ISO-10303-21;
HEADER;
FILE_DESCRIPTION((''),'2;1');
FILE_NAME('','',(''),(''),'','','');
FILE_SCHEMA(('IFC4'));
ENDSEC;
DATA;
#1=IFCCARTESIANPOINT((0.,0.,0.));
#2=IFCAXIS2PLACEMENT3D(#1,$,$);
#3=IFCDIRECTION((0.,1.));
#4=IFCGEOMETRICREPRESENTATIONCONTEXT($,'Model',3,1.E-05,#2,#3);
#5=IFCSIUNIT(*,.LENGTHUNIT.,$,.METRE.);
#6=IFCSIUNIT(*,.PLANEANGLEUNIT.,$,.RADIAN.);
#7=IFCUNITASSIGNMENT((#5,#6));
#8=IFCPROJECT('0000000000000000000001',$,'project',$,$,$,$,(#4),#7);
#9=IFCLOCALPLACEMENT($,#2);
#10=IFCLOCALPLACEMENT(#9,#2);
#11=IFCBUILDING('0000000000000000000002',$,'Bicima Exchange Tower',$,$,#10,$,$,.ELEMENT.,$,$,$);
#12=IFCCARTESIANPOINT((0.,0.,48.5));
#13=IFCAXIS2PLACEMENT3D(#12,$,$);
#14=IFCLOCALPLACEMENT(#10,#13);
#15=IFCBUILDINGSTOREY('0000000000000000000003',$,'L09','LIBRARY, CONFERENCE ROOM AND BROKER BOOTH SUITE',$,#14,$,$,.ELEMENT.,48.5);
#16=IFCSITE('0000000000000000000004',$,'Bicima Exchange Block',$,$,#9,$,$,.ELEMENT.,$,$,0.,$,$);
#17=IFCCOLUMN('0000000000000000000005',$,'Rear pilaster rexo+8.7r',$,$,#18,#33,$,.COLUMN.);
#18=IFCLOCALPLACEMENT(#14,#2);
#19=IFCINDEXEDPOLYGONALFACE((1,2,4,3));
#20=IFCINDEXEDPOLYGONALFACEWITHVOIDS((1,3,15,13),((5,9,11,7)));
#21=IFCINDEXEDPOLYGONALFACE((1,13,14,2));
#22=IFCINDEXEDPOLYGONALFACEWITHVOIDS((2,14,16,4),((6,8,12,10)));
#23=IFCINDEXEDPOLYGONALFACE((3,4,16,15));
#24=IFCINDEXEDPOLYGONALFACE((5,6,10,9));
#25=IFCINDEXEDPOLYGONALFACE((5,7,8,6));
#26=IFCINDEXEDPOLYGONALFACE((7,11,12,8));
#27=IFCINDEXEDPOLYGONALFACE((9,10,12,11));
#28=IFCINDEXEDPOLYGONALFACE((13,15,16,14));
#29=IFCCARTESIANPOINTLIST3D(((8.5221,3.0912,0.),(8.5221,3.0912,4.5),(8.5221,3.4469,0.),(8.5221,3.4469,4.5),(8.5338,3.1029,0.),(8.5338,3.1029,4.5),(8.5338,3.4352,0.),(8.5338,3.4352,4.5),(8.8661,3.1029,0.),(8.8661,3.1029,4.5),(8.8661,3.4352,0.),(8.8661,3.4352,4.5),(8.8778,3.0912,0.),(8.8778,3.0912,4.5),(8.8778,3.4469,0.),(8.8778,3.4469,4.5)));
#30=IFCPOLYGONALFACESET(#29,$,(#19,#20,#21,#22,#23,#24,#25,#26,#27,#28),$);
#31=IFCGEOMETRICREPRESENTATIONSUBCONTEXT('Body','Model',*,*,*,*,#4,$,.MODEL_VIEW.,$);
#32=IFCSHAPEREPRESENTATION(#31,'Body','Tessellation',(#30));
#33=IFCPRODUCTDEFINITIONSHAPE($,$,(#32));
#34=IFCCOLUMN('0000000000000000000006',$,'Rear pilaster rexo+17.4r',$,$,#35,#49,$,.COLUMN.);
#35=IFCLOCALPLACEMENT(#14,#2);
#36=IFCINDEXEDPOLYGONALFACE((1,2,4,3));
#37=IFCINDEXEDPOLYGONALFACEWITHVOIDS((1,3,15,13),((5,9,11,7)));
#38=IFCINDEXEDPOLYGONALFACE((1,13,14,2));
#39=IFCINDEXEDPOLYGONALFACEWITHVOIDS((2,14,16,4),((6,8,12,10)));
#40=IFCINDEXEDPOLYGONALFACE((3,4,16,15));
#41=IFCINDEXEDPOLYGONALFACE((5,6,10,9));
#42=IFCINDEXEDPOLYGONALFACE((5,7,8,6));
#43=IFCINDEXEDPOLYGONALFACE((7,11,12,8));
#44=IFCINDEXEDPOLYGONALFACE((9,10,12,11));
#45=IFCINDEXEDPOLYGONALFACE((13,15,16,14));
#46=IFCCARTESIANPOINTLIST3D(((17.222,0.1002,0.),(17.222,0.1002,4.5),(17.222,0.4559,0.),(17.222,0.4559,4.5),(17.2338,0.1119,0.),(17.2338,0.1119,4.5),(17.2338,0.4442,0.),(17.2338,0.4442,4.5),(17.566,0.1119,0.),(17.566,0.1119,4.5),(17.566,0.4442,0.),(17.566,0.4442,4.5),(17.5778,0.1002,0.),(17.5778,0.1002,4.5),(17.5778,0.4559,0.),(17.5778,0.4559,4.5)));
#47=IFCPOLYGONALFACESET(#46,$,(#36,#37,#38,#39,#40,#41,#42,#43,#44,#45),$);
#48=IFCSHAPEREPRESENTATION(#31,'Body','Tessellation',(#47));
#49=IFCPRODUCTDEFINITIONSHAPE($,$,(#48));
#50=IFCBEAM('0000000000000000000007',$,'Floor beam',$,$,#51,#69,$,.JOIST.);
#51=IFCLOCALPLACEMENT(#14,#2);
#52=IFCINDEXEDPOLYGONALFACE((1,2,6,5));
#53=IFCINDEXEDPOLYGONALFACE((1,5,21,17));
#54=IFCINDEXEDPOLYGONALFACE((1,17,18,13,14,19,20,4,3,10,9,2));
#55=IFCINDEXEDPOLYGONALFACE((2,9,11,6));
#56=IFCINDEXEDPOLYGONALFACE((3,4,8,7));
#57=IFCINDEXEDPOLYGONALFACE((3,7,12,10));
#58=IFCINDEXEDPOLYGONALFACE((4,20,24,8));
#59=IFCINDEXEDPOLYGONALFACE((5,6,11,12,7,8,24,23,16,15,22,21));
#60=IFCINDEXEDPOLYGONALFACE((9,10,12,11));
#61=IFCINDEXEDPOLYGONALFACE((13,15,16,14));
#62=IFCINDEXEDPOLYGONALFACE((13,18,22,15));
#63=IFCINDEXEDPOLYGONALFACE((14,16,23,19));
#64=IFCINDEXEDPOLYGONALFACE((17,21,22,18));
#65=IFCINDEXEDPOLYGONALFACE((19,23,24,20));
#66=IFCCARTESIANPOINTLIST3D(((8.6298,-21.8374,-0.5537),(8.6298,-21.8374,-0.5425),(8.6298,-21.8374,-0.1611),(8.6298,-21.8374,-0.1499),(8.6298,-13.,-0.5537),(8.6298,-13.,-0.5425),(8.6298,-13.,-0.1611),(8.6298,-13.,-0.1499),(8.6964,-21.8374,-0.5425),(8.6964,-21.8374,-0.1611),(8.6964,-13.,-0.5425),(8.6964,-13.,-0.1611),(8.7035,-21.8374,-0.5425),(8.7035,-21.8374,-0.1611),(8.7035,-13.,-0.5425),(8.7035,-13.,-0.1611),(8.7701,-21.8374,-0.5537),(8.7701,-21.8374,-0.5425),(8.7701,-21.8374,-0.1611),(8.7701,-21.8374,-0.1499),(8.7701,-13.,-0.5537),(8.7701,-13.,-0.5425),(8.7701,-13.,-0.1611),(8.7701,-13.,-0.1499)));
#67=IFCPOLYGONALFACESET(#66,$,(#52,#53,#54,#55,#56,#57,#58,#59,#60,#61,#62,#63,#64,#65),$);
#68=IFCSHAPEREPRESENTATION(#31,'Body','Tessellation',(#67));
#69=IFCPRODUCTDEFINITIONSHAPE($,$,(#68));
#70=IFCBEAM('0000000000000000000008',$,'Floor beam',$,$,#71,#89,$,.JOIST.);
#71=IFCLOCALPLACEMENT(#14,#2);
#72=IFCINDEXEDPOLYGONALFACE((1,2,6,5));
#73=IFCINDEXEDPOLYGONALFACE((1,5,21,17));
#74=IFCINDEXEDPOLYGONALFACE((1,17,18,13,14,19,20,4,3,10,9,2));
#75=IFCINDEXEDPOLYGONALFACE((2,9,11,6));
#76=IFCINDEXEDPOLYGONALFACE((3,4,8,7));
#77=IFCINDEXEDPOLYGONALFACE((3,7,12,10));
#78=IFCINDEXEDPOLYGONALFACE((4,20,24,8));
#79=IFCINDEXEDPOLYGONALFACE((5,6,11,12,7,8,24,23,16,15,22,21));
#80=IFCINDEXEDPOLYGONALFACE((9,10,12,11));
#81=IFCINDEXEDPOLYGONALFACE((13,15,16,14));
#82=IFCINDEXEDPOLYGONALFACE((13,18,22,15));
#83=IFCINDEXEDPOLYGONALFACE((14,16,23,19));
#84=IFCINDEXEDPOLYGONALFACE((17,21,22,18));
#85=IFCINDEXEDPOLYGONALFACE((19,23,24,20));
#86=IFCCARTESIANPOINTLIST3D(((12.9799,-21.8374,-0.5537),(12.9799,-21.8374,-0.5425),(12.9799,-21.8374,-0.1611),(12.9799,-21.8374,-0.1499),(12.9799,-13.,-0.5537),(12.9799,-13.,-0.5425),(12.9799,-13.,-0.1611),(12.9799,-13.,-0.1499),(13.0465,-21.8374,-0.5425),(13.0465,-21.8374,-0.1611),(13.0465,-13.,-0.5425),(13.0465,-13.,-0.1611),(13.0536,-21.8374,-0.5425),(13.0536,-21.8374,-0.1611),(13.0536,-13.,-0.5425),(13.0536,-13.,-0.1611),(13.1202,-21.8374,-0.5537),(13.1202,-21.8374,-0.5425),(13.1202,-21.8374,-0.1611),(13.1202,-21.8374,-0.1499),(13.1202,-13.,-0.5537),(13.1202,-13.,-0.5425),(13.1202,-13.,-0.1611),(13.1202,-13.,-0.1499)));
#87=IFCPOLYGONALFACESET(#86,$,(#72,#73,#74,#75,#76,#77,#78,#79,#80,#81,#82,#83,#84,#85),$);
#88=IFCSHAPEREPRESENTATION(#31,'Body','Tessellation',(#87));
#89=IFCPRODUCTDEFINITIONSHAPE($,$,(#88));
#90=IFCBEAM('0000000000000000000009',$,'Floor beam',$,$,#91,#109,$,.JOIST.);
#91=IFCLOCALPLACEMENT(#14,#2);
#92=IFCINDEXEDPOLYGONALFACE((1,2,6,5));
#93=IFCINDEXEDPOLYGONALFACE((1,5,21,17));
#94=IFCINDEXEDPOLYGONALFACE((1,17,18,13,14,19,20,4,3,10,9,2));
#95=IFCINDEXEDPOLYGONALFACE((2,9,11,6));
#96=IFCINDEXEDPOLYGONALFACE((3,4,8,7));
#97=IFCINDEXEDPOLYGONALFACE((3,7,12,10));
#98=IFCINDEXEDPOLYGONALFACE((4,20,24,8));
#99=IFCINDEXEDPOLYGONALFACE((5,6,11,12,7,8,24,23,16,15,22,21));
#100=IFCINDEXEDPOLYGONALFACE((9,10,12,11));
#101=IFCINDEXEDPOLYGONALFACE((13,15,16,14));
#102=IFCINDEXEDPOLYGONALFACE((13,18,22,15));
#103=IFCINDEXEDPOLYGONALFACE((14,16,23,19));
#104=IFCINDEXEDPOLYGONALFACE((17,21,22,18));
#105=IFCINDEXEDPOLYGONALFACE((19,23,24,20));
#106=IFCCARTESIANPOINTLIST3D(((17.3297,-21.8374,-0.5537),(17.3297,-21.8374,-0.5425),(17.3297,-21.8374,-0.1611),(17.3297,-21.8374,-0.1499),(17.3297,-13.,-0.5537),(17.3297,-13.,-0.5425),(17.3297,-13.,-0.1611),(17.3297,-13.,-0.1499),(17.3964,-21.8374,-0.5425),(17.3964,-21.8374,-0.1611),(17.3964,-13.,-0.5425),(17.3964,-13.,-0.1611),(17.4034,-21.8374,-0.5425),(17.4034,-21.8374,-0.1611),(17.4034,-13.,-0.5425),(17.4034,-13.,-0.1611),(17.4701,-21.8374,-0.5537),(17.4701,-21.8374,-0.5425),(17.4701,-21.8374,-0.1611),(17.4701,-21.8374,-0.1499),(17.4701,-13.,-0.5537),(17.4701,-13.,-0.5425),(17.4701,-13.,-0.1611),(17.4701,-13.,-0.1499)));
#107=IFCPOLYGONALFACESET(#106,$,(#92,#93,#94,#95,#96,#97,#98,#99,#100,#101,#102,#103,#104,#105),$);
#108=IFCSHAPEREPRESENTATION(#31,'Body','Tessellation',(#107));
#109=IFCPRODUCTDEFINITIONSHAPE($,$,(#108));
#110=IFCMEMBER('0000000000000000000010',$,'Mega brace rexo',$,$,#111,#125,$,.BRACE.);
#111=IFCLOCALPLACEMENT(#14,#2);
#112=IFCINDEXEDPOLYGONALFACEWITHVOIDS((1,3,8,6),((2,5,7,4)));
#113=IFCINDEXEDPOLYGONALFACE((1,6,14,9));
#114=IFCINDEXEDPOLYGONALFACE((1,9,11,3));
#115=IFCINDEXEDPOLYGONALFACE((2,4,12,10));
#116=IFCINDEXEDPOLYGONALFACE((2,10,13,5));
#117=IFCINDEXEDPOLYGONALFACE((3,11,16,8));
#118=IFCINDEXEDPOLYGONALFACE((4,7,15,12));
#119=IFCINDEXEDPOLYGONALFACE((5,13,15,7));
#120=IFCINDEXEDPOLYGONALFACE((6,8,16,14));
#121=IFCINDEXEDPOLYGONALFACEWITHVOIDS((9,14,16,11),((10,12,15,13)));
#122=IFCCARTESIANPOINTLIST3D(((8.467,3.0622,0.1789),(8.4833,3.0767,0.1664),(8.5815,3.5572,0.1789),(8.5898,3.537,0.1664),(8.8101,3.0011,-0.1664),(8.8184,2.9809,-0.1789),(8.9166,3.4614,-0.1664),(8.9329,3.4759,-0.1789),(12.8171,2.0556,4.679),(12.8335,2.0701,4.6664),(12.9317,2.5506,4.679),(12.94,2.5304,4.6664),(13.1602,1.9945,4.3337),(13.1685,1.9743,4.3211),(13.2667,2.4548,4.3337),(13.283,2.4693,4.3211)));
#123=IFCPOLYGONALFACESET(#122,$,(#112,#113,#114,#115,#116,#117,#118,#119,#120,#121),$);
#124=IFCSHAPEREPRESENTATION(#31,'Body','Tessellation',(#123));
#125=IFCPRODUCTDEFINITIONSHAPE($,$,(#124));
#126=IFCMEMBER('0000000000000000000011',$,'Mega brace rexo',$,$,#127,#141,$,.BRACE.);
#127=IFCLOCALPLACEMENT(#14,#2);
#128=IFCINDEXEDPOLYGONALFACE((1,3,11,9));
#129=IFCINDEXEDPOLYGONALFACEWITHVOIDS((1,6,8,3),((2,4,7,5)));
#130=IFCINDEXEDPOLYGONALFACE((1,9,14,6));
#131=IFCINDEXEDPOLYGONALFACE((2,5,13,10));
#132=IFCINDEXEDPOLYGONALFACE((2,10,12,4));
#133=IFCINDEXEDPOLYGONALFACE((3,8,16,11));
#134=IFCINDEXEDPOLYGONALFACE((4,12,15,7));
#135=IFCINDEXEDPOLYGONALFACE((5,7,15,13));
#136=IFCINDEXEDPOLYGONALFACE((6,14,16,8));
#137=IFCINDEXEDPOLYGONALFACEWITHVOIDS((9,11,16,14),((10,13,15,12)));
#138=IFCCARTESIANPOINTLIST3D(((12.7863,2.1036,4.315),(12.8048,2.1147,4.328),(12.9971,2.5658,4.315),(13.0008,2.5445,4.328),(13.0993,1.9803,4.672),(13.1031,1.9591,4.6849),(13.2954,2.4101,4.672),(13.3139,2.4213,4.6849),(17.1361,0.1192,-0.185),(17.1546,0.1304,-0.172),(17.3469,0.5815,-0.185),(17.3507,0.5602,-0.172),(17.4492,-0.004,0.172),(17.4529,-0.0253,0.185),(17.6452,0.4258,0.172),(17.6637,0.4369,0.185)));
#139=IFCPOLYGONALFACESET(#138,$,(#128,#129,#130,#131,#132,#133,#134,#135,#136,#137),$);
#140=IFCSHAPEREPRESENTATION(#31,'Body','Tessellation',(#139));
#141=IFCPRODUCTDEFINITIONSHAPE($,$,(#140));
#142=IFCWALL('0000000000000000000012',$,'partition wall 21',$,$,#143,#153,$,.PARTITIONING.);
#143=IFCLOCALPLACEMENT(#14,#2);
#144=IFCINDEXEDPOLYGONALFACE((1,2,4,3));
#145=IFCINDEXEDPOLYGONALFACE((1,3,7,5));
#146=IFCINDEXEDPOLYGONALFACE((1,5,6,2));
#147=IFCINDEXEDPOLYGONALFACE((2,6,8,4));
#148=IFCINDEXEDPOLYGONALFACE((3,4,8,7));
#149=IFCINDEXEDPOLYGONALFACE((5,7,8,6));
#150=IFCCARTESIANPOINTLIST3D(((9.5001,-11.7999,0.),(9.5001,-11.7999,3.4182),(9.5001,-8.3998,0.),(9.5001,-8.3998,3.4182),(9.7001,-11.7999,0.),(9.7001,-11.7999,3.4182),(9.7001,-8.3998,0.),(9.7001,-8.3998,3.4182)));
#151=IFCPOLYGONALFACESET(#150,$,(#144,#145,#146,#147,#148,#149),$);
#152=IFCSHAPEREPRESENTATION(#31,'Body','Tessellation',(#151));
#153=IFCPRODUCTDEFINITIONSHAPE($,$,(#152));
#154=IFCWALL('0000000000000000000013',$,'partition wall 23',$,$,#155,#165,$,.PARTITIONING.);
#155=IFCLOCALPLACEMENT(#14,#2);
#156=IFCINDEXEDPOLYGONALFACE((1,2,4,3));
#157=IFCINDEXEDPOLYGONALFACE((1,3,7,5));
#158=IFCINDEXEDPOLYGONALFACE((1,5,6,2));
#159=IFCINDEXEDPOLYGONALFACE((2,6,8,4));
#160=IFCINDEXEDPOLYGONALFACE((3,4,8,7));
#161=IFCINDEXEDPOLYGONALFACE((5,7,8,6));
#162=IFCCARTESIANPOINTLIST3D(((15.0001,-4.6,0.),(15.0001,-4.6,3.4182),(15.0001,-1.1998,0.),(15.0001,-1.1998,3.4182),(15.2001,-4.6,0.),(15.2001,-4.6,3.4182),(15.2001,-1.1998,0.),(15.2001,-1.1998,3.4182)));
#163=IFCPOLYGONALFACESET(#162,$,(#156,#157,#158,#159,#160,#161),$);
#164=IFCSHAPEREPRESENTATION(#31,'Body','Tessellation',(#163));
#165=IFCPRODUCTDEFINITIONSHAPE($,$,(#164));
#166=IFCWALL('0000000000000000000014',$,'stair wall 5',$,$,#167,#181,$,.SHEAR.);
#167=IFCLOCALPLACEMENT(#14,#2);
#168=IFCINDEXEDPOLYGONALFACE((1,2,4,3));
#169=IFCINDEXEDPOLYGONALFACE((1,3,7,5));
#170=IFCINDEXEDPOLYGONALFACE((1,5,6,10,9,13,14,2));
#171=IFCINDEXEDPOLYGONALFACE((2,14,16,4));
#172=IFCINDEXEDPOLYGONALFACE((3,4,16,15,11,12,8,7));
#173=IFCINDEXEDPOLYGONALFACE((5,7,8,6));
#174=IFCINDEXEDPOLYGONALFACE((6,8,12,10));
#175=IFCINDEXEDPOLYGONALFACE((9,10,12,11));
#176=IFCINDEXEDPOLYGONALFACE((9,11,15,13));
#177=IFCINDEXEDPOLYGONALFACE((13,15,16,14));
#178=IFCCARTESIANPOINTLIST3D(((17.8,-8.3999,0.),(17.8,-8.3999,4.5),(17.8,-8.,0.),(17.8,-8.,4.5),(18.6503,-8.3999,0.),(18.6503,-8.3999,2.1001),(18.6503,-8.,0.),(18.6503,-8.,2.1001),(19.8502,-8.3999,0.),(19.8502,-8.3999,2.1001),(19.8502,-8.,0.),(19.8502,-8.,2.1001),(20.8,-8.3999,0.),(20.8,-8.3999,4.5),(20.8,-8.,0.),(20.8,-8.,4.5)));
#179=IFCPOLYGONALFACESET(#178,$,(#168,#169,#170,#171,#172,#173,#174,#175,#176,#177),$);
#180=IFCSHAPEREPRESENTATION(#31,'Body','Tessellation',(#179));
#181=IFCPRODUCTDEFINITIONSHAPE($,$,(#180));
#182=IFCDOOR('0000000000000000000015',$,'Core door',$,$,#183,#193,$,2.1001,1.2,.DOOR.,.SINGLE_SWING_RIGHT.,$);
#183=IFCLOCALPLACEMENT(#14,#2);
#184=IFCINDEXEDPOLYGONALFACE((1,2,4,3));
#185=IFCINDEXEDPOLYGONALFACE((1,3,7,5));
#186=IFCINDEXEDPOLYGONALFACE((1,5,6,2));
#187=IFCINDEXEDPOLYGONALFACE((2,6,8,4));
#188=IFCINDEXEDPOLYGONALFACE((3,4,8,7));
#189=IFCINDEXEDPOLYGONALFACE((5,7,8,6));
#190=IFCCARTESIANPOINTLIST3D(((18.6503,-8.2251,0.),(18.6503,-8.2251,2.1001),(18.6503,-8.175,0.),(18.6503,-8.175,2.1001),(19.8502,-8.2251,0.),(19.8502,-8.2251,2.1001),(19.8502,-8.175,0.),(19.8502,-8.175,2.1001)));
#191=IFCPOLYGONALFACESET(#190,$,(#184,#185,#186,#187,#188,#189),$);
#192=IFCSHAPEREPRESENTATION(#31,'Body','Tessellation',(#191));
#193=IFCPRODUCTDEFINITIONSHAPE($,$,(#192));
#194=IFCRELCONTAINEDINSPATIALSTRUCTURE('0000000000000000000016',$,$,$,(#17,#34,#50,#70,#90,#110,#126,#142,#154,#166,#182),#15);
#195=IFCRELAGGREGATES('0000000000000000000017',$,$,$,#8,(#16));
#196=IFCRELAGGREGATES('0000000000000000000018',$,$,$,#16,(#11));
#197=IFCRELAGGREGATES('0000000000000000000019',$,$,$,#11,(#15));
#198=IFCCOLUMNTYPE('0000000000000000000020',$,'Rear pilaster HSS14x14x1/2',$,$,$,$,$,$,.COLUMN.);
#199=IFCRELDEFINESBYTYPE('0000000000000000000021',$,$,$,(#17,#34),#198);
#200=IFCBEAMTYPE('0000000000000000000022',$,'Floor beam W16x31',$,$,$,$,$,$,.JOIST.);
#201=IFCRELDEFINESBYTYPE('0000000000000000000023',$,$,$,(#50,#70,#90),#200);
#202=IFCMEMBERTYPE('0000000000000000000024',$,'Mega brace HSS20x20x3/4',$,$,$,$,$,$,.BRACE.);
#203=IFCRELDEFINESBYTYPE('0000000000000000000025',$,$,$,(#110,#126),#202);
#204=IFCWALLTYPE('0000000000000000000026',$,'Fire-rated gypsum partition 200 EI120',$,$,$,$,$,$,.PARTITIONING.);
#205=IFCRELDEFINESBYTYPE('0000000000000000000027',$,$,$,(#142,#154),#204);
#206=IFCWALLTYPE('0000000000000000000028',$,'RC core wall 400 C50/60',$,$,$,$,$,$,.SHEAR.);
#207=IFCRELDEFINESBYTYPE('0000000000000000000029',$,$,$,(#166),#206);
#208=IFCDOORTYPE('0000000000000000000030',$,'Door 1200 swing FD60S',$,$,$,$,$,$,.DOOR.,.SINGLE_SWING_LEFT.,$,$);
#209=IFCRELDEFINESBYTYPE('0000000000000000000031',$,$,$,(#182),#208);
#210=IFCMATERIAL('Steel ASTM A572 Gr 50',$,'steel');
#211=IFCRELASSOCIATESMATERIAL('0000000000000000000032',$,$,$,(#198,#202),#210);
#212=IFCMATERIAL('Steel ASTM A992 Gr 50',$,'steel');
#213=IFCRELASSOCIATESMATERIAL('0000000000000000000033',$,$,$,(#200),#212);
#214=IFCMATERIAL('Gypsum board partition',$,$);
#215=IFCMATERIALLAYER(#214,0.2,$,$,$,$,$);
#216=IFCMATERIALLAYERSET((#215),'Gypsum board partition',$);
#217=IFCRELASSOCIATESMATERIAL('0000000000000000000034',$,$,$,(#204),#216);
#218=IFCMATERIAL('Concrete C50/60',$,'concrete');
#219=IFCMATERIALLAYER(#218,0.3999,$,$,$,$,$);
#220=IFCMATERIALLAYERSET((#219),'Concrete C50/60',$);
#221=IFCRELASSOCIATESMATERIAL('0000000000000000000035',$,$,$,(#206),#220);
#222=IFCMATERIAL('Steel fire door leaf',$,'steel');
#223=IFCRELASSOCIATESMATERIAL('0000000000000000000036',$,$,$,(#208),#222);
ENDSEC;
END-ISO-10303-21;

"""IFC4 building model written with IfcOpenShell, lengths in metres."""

from ifc_helpers import new_model, si_unit, direction, frame, frame_2d, origin, origin_2d, place, context, subcontext, project, spatial, rectangle, hollow_rectangle, i_section, extrude, material, layer, layer_set, material_profile, profile_set, type_object, element, fill, save


model = new_model("IFC4")

# Units and contexts
model_context = context("Model", 3, precision=1e-05, world=origin(), true_north=direction((0.0, 1.0)))
body_context = subcontext(model_context, "Body", "Model", "MODEL_VIEW")
ifc_project = project(units=[si_unit("LENGTHUNIT", "METRE"), si_unit("PLANEANGLEUNIT", "RADIAN")], contexts=[model_context])

# Site, building, storey
site_placement = place(None, origin())
site = spatial("IfcSite", under=ifc_project, at=site_placement, Name="Bicima Exchange Block", CompositionType="ELEMENT", RefElevation=0.0)
building_placement = place(site_placement, origin())
building = spatial("IfcBuilding", under=site, at=building_placement, Name="Bicima Exchange Tower", CompositionType="ELEMENT")
storey_placement = place(building_placement, frame((0.0, 0.0, 48.5)))
storey = spatial("IfcBuildingStorey", under=building, at=storey_placement, Name="L09", Description="LIBRARY, CONFERENCE ROOM AND BROKER BOOTH SUITE", CompositionType="ELEMENT", Elevation=48.5)

# Columns
ifc_material_1 = material(Name="Steel ASTM A572 Gr 50", Category="steel")
ifc_material_profile_1 = material_profile(ifc_material_1, hollow_rectangle(XDim=0.3557, YDim=0.3557, WallThickness=0.0117, at=origin_2d()))
ifc_profile_set_1 = profile_set([ifc_material_profile_1], Name="Steel ASTM A572 Gr 50")
column_type = type_object("IfcColumnType", Name="Rear pilaster HSS14x14x1/2", PredefinedType="COLUMN", material=ifc_profile_set_1)
for number, where, z_axis, x_axis, name in (
    (1, (8.7, 3.269, 0.0), (0.0, 0.0, 1.0), (1.0, 0.0, 0.0), "Rear pilaster rexo+8.7r"),
    (2, (17.3999, 0.2781, 0.0), (0.0, 0.0, 1.0), (1.0, 0.0, 0.0), "Rear pilaster rexo+17.4r"),
):
    element("IfcColumn", number, at=place(storey_placement, frame(where, z_axis=z_axis, x_axis=x_axis)), inside=storey, type_object=column_type, Name=name, PredefinedType="COLUMN", context=body_context, shape_type="SweptSolid", body=[
        extrude(hollow_rectangle(XDim=0.3557, YDim=0.3557, WallThickness=0.0117, at=origin_2d()), origin(), (0.0, 0.0, 1.0), 4.5),
    ])

# Beams
ifc_material_2 = material(Name="Steel ASTM A992 Gr 50", Category="steel")
ifc_material_profile_2 = material_profile(ifc_material_2, i_section(OverallWidth=0.1404, OverallDepth=0.4038, WebThickness=0.0071, FlangeThickness=0.0112, at=origin_2d()))
ifc_profile_set_2 = profile_set([ifc_material_profile_2], Name="Steel ASTM A992 Gr 50")
beam_type = type_object("IfcBeamType", Name="Floor beam W16x31", PredefinedType="JOIST", material=ifc_profile_set_2)
for number, where, z_axis, x_axis, name in (
    (3, (8.7, -13.0, -0.3518), (0.0, -1.0, 0.0), (1.0, 0.0, 0.0), "Floor beam"),
    (4, (13.05, -13.0, -0.3518), (0.0, -1.0, 0.0), (1.0, 0.0, 0.0), "Floor beam"),
    (5, (17.3999, -13.0, -0.3518), (0.0, -1.0, 0.0), (1.0, 0.0, 0.0), "Floor beam"),
):
    element("IfcBeam", number, at=place(storey_placement, frame(where, z_axis=z_axis, x_axis=x_axis)), inside=storey, type_object=beam_type, Name=name, PredefinedType="JOIST", context=body_context, shape_type="SweptSolid", body=[
        extrude(i_section(OverallWidth=0.1404, OverallDepth=0.4038, WebThickness=0.0071, FlangeThickness=0.0112, at=origin_2d()), origin(), (0.0, 0.0, 1.0), 8.8374),
    ])

# Members
ifc_material_profile_3 = material_profile(ifc_material_1, hollow_rectangle(XDim=0.5081, YDim=0.5081, WallThickness=0.0178, at=origin_2d()))
ifc_profile_set_3 = profile_set([ifc_material_profile_3], Name="Steel ASTM A572 Gr 50")
member_type = type_object("IfcMemberType", Name="Mega brace HSS20x20x3/4", PredefinedType="BRACE", material=ifc_profile_set_3)
member_1_placement = place(storey_placement, frame((8.7, 3.269, 0.0), z_axis=(0.686212, -0.158786, 0.709859), x_axis=(0.225439, 0.974257, 0.0)))
element("IfcMember", 6, at=member_1_placement, inside=storey, type_object=member_type, Name="Mega brace rexo", PredefinedType="BRACE", context=body_context, shape_type="SweptSolid", body=[
    extrude(hollow_rectangle(XDim=0.5081, YDim=0.5081, WallThickness=0.0178, at=origin_2d()), origin(), (0.0, 0.0, 1.0), 6.3394),
])
member_2_placement = place(storey_placement, frame((17.3999, 0.2781, 0.0), z_axis=(-0.662508, 0.302232, 0.685376), x_axis=(-0.415045, -0.909801, 0.0)))
element("IfcMember", 7, at=member_2_placement, inside=storey, type_object=member_type, Name="Mega brace rexo", PredefinedType="BRACE", context=body_context, shape_type="SweptSolid", body=[
    extrude(hollow_rectangle(XDim=0.5081, YDim=0.5081, WallThickness=0.0178, at=origin_2d()), origin(), (0.0, 0.0, 1.0), 6.5657),
])

# Walls
ifc_material_3 = material(Name="Gypsum board partition")
ifc_layer_1 = layer(ifc_material_3, 0.2)
ifc_layer_set_1 = layer_set([ifc_layer_1], Name="Gypsum board partition")
wall_type_1 = type_object("IfcWallType", Name="Fire-rated gypsum partition 200 EI120", PredefinedType="PARTITIONING", material=ifc_layer_set_1)
for number, where, z_axis, x_axis, name in (
    (8, (9.6001, -11.8, 0.0), (0.0, 0.0, 1.0), (0.0, 1.0, 0.0), "partition wall 21"),
    (9, (15.1001, -4.6001, 0.0), (0.0, 0.0, 1.0), (0.0, 1.0, 0.0), "partition wall 23"),
):
    element("IfcWall", number, at=place(storey_placement, frame(where, z_axis=z_axis, x_axis=x_axis)), inside=storey, type_object=wall_type_1, Name=name, PredefinedType="PARTITIONING", context=body_context, shape_type="SweptSolid", body=[
        extrude(rectangle(XDim=3.4001, YDim=0.2, at=frame_2d((1.7002, 0.0))), origin(), (0.0, 0.0, 1.0), 3.4182),
    ])

# Wall, opening, door
ifc_material_4 = material(Name="Concrete C50/60", Category="concrete")
ifc_layer_2 = layer(ifc_material_4, 0.3999)
ifc_layer_set_2 = layer_set([ifc_layer_2], Name="Concrete C50/60")
wall_type_2 = type_object("IfcWallType", Name="RC core wall 400 C50/60", PredefinedType="SHEAR", material=ifc_layer_set_2)
wall_1_placement = place(storey_placement, frame((17.8, -8.2, 0.0), z_axis=(0.0, 0.0, 1.0), x_axis=(1.0, 0.0, 0.0)))
wall_1 = element("IfcWall", 10, at=wall_1_placement, inside=storey, type_object=wall_type_2, Name="stair wall 5", PredefinedType="SHEAR", context=body_context, shape_type="SweptSolid", body=[
    extrude(rectangle(XDim=3.0, YDim=0.3999, at=frame_2d((1.5, 0.0))), origin(), (0.0, 0.0, 1.0), 4.5),
])
opening_1_placement = place(wall_1_placement, frame((0.8501, 0.0, 0.0)))
opening_1 = element("IfcOpeningElement", 11, at=opening_1_placement, cuts=wall_1, PredefinedType="OPENING", context=body_context, shape_type="SweptSolid", body=[
    extrude(rectangle(XDim=1.2, YDim=2.1001, at=frame_2d((0.6001, 1.05))), frame((0.0, 0.2119, 0.0), z_axis=(0.0, -1.0, 0.0), x_axis=(1.0, 0.0, 0.0)), (0.0, 0.0, 1.0), 0.4238),
])
ifc_material_5 = material(Name="Steel fire door leaf", Category="steel")
door_type_1 = type_object("IfcDoorType", Name="Door 1200 swing FD60S", OperationType="SINGLE_SWING_LEFT", PredefinedType="DOOR", material=ifc_material_5)
door_1_placement = place(opening_1_placement, origin())
door_1 = element("IfcDoor", 12, at=door_1_placement, inside=storey, type_object=door_type_1, Name="Core door", OperationType="SINGLE_SWING_RIGHT", OverallHeight=2.1001, OverallWidth=1.2, PredefinedType="DOOR", context=body_context, shape_type="SweptSolid", body=[
    extrude(rectangle(XDim=1.2, YDim=2.1001, at=frame_2d((0.6001, 1.05))), frame((0.0, 0.0249, 0.0), z_axis=(0.0, -1.0, 0.0), x_axis=(1.0, 0.0, 0.0)), (0.0, 0.0, 1.0), 0.05),
])
fill(opening_1, door_1)

save(model, "model.ifc")
